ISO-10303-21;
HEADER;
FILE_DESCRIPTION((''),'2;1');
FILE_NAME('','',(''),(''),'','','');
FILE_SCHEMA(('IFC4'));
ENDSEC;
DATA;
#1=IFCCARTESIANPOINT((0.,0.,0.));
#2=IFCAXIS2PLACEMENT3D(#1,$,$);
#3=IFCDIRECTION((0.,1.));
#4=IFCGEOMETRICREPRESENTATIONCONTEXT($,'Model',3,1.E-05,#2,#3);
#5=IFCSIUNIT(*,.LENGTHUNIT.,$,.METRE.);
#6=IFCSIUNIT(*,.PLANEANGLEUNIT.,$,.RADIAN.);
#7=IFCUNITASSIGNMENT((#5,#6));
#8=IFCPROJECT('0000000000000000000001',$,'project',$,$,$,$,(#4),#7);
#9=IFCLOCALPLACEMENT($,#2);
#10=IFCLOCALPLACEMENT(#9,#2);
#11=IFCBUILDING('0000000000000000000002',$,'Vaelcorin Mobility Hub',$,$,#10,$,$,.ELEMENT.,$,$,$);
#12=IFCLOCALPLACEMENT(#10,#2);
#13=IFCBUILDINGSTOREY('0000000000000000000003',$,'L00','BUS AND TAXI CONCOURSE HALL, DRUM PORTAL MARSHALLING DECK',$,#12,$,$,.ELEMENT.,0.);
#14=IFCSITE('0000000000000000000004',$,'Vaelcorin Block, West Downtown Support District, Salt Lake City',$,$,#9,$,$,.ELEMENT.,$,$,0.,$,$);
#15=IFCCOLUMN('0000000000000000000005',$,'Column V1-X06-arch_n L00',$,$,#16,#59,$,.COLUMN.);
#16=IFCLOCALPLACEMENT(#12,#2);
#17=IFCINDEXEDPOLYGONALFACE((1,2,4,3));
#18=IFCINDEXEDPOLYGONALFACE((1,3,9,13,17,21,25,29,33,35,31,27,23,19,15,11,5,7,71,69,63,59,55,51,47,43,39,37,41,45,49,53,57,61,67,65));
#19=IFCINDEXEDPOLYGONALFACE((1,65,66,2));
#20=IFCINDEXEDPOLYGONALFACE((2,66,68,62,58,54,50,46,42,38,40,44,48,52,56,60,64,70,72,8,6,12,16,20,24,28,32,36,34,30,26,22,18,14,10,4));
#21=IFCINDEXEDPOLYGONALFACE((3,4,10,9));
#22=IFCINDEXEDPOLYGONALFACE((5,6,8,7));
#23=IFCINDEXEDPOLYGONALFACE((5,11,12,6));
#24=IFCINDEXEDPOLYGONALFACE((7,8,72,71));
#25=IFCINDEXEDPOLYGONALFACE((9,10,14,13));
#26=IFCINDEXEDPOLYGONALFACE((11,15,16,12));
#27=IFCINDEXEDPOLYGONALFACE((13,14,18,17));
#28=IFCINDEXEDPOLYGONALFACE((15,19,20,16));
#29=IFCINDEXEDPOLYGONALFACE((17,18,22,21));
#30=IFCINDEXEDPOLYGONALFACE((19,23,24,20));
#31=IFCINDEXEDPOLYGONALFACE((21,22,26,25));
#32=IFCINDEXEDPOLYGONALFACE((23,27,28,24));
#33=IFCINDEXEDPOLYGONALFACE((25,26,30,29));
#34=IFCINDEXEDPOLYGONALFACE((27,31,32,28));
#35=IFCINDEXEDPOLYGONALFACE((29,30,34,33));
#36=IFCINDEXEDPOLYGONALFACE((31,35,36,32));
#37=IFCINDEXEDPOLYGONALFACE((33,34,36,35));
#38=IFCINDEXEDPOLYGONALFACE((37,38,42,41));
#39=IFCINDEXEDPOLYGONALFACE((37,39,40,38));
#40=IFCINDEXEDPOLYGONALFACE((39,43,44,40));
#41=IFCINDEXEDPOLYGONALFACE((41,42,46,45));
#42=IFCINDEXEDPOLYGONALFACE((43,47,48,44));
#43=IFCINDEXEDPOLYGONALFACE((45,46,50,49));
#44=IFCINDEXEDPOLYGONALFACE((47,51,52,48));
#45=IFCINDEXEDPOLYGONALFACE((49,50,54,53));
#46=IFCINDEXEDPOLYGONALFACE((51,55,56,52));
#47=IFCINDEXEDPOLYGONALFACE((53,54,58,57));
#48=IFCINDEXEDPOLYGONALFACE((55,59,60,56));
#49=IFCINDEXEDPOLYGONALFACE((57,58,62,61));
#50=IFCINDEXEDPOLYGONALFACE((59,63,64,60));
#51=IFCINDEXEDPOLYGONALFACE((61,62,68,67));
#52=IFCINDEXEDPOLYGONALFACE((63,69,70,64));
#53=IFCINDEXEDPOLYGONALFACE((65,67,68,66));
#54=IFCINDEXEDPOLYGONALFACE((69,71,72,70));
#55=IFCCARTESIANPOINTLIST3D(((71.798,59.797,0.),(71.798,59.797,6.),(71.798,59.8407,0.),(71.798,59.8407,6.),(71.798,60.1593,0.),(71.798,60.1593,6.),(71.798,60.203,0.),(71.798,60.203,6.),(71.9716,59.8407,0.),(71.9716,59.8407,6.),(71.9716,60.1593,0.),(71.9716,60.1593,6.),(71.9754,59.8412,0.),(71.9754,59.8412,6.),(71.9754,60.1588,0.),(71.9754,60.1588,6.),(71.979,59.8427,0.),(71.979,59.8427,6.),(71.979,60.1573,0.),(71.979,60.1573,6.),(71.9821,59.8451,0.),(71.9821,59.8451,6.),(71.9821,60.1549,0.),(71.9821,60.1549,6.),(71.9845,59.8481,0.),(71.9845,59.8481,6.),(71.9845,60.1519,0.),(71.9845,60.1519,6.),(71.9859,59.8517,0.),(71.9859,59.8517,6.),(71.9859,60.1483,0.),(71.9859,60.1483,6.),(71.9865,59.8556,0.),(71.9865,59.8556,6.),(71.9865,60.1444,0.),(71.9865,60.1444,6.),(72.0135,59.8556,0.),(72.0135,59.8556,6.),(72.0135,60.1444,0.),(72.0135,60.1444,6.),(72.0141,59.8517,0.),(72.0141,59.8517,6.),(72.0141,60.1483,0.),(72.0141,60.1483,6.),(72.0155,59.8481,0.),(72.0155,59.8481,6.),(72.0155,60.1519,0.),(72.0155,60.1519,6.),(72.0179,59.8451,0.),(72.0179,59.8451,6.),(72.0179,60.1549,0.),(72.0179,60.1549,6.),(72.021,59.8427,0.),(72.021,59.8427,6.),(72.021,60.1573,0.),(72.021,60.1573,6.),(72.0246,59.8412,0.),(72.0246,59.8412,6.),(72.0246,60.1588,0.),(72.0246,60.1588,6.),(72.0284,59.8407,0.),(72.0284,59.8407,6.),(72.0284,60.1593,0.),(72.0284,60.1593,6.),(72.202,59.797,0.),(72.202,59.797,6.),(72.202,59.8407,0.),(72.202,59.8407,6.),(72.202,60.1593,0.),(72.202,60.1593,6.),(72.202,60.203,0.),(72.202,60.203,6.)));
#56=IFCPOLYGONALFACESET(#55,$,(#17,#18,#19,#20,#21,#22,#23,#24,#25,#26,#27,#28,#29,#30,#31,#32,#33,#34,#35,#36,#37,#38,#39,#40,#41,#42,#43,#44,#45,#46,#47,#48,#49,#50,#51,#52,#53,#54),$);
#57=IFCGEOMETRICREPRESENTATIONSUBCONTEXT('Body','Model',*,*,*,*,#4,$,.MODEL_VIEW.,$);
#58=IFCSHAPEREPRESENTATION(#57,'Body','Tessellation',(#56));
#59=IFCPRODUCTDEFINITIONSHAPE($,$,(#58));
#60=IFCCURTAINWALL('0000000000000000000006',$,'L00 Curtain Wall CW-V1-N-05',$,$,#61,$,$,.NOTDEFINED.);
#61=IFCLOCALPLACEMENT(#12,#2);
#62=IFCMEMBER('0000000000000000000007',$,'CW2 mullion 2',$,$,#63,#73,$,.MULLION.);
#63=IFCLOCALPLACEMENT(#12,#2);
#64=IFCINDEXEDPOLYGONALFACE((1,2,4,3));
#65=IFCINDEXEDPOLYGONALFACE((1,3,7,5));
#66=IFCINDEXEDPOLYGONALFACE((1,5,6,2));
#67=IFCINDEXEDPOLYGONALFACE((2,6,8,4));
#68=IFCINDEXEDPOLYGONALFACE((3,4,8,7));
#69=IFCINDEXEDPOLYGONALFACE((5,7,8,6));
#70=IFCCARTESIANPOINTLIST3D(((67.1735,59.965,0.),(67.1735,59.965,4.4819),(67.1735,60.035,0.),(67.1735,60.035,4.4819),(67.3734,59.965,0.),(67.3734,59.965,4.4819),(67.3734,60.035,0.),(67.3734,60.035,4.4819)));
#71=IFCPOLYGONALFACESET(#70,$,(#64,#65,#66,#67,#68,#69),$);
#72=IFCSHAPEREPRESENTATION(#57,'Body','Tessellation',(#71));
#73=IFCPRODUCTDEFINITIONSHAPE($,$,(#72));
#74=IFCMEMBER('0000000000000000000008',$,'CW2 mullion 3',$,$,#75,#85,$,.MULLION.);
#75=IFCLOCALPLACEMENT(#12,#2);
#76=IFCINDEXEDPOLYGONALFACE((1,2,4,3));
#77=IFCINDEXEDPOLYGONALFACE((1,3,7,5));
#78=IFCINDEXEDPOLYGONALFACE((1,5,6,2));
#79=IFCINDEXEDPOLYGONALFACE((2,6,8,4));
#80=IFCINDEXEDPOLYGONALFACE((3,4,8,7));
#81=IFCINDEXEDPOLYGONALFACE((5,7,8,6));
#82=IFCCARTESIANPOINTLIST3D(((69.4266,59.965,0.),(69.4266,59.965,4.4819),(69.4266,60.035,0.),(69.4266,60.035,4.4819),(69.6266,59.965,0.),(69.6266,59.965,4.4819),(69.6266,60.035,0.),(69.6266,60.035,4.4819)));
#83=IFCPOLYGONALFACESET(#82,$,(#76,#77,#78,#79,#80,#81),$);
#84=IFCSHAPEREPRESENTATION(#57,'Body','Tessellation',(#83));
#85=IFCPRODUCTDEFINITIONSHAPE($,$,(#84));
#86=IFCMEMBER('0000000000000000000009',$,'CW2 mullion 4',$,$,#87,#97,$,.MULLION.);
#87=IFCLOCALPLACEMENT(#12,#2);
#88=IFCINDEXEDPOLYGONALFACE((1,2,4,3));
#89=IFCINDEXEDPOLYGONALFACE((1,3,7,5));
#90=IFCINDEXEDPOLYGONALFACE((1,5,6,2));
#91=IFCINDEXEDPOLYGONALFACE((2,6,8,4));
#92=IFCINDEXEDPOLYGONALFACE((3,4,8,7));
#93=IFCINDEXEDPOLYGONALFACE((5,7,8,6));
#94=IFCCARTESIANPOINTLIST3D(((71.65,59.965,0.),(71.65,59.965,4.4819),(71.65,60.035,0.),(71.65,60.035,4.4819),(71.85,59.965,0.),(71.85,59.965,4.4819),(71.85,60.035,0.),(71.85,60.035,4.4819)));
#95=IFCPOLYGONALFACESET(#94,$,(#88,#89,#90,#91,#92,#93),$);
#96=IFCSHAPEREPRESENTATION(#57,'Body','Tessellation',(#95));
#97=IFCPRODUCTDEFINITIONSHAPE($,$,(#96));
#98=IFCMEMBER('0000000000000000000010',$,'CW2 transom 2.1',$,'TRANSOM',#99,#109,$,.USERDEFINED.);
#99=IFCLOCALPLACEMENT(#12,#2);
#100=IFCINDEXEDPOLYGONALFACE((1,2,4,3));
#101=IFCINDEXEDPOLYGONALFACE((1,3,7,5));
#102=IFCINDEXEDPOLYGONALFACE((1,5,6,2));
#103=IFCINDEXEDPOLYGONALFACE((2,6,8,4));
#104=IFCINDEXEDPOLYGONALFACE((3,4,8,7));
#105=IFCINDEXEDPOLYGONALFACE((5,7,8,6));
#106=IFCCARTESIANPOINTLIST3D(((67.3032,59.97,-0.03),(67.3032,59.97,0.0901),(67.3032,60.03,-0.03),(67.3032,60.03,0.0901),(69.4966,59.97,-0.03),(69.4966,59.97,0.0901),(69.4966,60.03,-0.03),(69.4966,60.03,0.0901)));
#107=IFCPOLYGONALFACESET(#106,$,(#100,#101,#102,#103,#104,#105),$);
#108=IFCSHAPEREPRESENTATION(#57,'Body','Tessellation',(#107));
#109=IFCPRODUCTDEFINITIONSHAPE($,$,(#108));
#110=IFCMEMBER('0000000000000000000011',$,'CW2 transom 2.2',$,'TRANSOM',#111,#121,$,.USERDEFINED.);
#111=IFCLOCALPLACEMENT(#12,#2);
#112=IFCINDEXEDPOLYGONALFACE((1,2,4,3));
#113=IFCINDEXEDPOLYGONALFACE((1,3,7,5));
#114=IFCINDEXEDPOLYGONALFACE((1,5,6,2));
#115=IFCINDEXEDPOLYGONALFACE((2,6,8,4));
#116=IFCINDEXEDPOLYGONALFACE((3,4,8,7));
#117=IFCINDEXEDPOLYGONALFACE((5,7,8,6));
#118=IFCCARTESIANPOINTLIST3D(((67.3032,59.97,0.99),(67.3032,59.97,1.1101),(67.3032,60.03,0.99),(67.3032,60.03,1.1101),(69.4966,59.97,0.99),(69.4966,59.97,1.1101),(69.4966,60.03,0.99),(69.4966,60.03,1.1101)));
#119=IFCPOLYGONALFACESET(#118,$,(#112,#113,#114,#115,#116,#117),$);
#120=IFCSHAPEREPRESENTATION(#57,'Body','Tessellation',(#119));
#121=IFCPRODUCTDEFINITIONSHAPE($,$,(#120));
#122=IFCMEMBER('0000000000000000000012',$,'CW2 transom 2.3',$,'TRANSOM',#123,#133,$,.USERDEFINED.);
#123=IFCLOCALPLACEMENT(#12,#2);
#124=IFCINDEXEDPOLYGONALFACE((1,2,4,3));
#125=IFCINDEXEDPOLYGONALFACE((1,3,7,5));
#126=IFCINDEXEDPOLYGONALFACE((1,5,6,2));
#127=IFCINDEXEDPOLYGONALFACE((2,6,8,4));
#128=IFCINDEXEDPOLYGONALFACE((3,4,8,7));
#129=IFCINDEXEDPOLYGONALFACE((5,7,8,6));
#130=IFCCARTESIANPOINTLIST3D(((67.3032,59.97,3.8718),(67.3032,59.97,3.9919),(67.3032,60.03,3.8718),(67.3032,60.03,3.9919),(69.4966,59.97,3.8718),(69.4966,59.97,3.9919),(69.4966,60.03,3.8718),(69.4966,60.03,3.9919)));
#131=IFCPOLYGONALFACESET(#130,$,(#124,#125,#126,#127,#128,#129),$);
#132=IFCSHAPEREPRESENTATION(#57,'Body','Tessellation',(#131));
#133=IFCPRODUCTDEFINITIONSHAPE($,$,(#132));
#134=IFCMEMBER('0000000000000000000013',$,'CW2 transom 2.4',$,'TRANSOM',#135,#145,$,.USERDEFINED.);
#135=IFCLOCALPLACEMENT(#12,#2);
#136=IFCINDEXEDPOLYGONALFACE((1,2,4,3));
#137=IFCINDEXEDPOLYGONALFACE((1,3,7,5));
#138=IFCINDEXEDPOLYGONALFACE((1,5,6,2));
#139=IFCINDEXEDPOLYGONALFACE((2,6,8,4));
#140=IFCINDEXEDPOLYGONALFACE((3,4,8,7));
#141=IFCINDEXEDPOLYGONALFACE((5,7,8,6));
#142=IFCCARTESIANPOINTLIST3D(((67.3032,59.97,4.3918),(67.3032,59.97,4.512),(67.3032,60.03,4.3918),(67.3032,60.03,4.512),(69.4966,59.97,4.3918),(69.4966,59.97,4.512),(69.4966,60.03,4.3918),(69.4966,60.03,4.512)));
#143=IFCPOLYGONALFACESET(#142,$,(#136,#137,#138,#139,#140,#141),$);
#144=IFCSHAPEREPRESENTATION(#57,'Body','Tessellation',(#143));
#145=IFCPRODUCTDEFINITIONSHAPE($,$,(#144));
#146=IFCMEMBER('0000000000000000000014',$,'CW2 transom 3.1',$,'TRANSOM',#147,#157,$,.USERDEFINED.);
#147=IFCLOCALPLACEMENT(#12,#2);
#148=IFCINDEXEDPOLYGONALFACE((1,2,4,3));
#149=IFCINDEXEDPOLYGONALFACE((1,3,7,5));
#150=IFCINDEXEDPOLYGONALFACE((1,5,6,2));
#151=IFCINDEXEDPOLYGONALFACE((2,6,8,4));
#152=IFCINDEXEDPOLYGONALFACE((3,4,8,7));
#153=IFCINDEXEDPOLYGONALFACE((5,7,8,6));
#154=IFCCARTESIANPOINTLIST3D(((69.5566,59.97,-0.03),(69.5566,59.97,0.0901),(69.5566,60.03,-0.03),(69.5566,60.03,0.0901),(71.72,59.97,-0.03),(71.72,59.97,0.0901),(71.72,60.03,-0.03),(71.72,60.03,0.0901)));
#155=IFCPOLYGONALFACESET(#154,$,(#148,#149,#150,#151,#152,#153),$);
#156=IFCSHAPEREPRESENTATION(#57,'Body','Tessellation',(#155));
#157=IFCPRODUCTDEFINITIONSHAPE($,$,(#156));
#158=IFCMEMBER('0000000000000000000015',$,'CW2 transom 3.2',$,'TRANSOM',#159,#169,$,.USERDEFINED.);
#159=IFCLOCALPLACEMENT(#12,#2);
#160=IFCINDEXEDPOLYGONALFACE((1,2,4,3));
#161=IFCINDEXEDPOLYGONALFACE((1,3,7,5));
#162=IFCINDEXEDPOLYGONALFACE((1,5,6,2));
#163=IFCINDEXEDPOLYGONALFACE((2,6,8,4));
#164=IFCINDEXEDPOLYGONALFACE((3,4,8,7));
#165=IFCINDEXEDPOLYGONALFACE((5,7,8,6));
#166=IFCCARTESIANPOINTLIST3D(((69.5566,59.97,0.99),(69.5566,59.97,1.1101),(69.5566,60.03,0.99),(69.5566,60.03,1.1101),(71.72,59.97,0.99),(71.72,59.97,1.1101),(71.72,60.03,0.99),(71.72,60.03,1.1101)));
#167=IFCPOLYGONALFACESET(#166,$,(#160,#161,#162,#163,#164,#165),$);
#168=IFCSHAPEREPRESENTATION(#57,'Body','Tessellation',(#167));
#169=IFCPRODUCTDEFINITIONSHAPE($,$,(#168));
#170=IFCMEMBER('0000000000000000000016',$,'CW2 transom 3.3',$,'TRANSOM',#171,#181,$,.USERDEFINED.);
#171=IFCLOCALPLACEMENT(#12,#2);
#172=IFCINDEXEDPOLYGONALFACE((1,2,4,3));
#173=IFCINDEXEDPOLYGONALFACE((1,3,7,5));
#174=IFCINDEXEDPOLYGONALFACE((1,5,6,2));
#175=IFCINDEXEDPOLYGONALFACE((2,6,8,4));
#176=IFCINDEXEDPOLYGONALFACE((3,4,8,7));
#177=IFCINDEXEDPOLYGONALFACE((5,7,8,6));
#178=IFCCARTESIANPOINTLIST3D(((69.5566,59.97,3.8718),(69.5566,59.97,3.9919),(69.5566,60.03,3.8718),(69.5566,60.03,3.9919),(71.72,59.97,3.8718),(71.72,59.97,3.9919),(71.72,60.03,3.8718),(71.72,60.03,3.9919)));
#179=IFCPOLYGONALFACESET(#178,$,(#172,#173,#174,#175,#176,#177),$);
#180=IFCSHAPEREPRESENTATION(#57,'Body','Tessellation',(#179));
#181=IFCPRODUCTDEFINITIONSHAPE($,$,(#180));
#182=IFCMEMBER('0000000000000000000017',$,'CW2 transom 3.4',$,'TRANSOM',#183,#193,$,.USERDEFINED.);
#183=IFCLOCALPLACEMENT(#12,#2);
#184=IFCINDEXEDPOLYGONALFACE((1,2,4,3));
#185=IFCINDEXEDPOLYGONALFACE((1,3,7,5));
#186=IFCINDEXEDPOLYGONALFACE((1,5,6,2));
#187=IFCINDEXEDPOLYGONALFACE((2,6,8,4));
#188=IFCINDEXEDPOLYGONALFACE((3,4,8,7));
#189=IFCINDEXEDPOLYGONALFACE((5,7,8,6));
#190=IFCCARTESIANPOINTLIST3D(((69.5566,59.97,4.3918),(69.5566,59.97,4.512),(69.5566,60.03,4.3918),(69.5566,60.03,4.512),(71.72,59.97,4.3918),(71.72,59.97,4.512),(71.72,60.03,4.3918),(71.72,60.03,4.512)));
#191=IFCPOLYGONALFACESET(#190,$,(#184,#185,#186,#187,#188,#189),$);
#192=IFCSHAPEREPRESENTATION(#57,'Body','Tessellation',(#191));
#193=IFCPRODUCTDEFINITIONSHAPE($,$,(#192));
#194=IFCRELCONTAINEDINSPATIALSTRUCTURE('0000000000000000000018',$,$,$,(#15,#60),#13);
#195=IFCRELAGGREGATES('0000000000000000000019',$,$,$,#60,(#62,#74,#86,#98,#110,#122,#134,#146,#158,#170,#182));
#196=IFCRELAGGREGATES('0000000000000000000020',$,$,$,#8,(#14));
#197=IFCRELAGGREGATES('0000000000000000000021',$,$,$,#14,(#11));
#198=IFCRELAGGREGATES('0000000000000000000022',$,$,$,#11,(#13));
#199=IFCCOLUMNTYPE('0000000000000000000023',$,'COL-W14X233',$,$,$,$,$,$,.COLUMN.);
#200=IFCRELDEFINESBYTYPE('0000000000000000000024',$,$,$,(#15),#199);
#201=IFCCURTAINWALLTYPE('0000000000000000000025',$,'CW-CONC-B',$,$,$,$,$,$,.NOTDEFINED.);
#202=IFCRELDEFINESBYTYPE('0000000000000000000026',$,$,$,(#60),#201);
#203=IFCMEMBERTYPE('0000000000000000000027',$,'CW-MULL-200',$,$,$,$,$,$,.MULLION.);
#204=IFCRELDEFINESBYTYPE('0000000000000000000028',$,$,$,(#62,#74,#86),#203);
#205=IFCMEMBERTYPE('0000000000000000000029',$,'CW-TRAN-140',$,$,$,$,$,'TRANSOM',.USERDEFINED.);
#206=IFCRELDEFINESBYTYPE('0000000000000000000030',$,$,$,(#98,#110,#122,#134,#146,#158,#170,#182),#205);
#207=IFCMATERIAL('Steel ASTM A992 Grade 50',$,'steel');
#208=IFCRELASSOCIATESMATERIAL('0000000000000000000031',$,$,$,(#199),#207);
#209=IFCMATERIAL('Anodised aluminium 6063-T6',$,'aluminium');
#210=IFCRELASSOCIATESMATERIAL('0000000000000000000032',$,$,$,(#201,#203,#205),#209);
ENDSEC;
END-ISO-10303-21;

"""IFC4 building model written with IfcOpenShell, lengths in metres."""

from ifc_helpers import new_model, si_unit, direction, frame, origin, origin_2d, place, context, subcontext, project, spatial, rectangle, i_section, extrude, material, material_profile, profile_set, type_object, element, aggregate, save


model = new_model("IFC4")

# Units and contexts
model_context = context("Model", 3, precision=1e-05, world=origin(), true_north=direction((0.0, 1.0)))
body_context = subcontext(model_context, "Body", "Model", "MODEL_VIEW")
ifc_project = project(units=[si_unit("LENGTHUNIT", "METRE"), si_unit("PLANEANGLEUNIT", "RADIAN")], contexts=[model_context])

# Site, building, storey
site_placement = place(None, origin())
site = spatial("IfcSite", under=ifc_project, at=site_placement, Name="Vaelcorin Block, West Downtown Support District, Salt Lake City", CompositionType="ELEMENT", RefElevation=0.0)
building_placement = place(site_placement, origin())
building = spatial("IfcBuilding", under=site, at=building_placement, Name="Vaelcorin Mobility Hub", CompositionType="ELEMENT")
storey_placement = place(building_placement, origin())
storey = spatial("IfcBuildingStorey", under=building, at=storey_placement, Name="L00", Description="BUS AND TAXI CONCOURSE HALL, DRUM PORTAL MARSHALLING DECK", CompositionType="ELEMENT", Elevation=0.0)

# Column
ifc_material_1 = material(Name="Steel ASTM A992 Grade 50", Category="steel")
ifc_material_profile_1 = material_profile(ifc_material_1, i_section(OverallWidth=0.4041, OverallDepth=0.406, WebThickness=0.0271, FlangeThickness=0.0437, FilletRadius=0.0149, at=origin_2d()), Name="W14X233")
ifc_profile_set_1 = profile_set([ifc_material_profile_1], Name="Steel ASTM A992 Grade 50")
column_type = type_object("IfcColumnType", Name="COL-W14X233", PredefinedType="COLUMN", material=ifc_profile_set_1)
column_placement = place(storey_placement, frame((72.0, 60.0, 0.0), z_axis=(0.0, 0.0, 1.0), x_axis=(1.0, 0.0, 0.0)))
element("IfcColumn", 1, at=column_placement, inside=storey, type_object=column_type, Name="Column V1-X06-arch_n L00", PredefinedType="COLUMN", context=body_context, shape_type="SweptSolid", body=[
    extrude(i_section(OverallWidth=0.4041, OverallDepth=0.406, WebThickness=0.0271, FlangeThickness=0.0437, FilletRadius=0.0149, at=origin_2d()), origin(), (0.0, 0.0, 1.0), 6.0),
])

# Curtain wall, members
ifc_material_2 = material(Name="Anodised aluminium 6063-T6", Category="aluminium")
curtain_wall_type = type_object("IfcCurtainWallType", Name="CW-CONC-B", PredefinedType="NOTDEFINED", material=ifc_material_2)
curtain_wall_placement = place(storey_placement, origin())
curtain_wall = element("IfcCurtainWall", 2, at=curtain_wall_placement, inside=storey, type_object=curtain_wall_type, Name="L00 Curtain Wall CW-V1-N-05", PredefinedType="NOTDEFINED")
ifc_material_profile_2 = material_profile(ifc_material_2, rectangle(XDim=0.0701, YDim=0.2, at=origin_2d()), Name="ALU-M70X200")
ifc_profile_set_2 = profile_set([ifc_material_profile_2], Name="Anodised aluminium 6063-T6")
member_type_1 = type_object("IfcMemberType", Name="CW-MULL-200", PredefinedType="MULLION", material=ifc_profile_set_2)
member_1_placement = place(storey_placement, frame((67.2734, 60.0, 0.0), z_axis=(0.0, 0.0, 1.0), x_axis=(0.0, 1.0, 0.0)))
member_1 = element("IfcMember", 3, at=member_1_placement, type_object=member_type_1, Name="CW2 mullion 2", PredefinedType="MULLION", context=body_context, shape_type="SweptSolid", body=[
    extrude(rectangle(XDim=0.0701, YDim=0.2, at=origin_2d()), origin(), (0.0, 0.0, 1.0), 4.4819),
])
member_2_placement = place(storey_placement, frame((69.5266, 60.0, 0.0), z_axis=(0.0, 0.0, 1.0), x_axis=(0.0, 1.0, 0.0)))
member_2 = element("IfcMember", 4, at=member_2_placement, type_object=member_type_1, Name="CW2 mullion 3", PredefinedType="MULLION", context=body_context, shape_type="SweptSolid", body=[
    extrude(rectangle(XDim=0.0701, YDim=0.2, at=origin_2d()), origin(), (0.0, 0.0, 1.0), 4.4819),
])
member_3_placement = place(storey_placement, frame((71.75, 60.0, 0.0), z_axis=(0.0, 0.0, 1.0), x_axis=(0.0, 1.0, 0.0)))
member_3 = element("IfcMember", 5, at=member_3_placement, type_object=member_type_1, Name="CW2 mullion 4", PredefinedType="MULLION", context=body_context, shape_type="SweptSolid", body=[
    extrude(rectangle(XDim=0.0701, YDim=0.2, at=origin_2d()), origin(), (0.0, 0.0, 1.0), 4.4819),
])
ifc_material_profile_3 = material_profile(ifc_material_2, rectangle(XDim=0.0601, YDim=0.1201, at=origin_2d()), Name="ALU-T60X120")
ifc_profile_set_3 = profile_set([ifc_material_profile_3], Name="Anodised aluminium 6063-T6")
member_type_2 = type_object("IfcMemberType", Name="CW-TRAN-140", ElementType="TRANSOM", PredefinedType="USERDEFINED", material=ifc_profile_set_3)
member_4_placement = place(storey_placement, frame((67.3032, 60.0, 0.03), z_axis=(1.0, 0.0, 0.0), x_axis=(0.0, 1.0, 0.0)))
member_4 = element("IfcMember", 6, at=member_4_placement, type_object=member_type_2, Name="CW2 transom 2.1", ObjectType="TRANSOM", PredefinedType="USERDEFINED", context=body_context, shape_type="SweptSolid", body=[
    extrude(rectangle(XDim=0.0601, YDim=0.1201, at=origin_2d()), origin(), (0.0, 0.0, 1.0), 2.1934),
])
member_5_placement = place(storey_placement, frame((67.3032, 60.0, 1.05), z_axis=(1.0, 0.0, 0.0), x_axis=(0.0, 1.0, 0.0)))
member_5 = element("IfcMember", 7, at=member_5_placement, type_object=member_type_2, Name="CW2 transom 2.2", ObjectType="TRANSOM", PredefinedType="USERDEFINED", context=body_context, shape_type="SweptSolid", body=[
    extrude(rectangle(XDim=0.0601, YDim=0.1201, at=origin_2d()), origin(), (0.0, 0.0, 1.0), 2.1934),
])
member_6_placement = place(storey_placement, frame((67.3032, 60.0, 3.9319), z_axis=(1.0, 0.0, 0.0), x_axis=(0.0, 1.0, 0.0)))
member_6 = element("IfcMember", 8, at=member_6_placement, type_object=member_type_2, Name="CW2 transom 2.3", ObjectType="TRANSOM", PredefinedType="USERDEFINED", context=body_context, shape_type="SweptSolid", body=[
    extrude(rectangle(XDim=0.0601, YDim=0.1201, at=origin_2d()), origin(), (0.0, 0.0, 1.0), 2.1934),
])
member_7_placement = place(storey_placement, frame((67.3032, 60.0, 4.4519), z_axis=(1.0, 0.0, 0.0), x_axis=(0.0, 1.0, 0.0)))
member_7 = element("IfcMember", 9, at=member_7_placement, type_object=member_type_2, Name="CW2 transom 2.4", ObjectType="TRANSOM", PredefinedType="USERDEFINED", context=body_context, shape_type="SweptSolid", body=[
    extrude(rectangle(XDim=0.0601, YDim=0.1201, at=origin_2d()), origin(), (0.0, 0.0, 1.0), 2.1934),
])
member_8_placement = place(storey_placement, frame((69.5566, 60.0, 0.03), z_axis=(1.0, 0.0, 0.0), x_axis=(0.0, 1.0, 0.0)))
member_8 = element("IfcMember", 10, at=member_8_placement, type_object=member_type_2, Name="CW2 transom 3.1", ObjectType="TRANSOM", PredefinedType="USERDEFINED", context=body_context, shape_type="SweptSolid", body=[
    extrude(rectangle(XDim=0.0601, YDim=0.1201, at=origin_2d()), origin(), (0.0, 0.0, 1.0), 2.1633),
])
member_9_placement = place(storey_placement, frame((69.5566, 60.0, 1.05), z_axis=(1.0, 0.0, 0.0), x_axis=(0.0, 1.0, 0.0)))
member_9 = element("IfcMember", 11, at=member_9_placement, type_object=member_type_2, Name="CW2 transom 3.2", ObjectType="TRANSOM", PredefinedType="USERDEFINED", context=body_context, shape_type="SweptSolid", body=[
    extrude(rectangle(XDim=0.0601, YDim=0.1201, at=origin_2d()), origin(), (0.0, 0.0, 1.0), 2.1633),
])
member_10_placement = place(storey_placement, frame((69.5566, 60.0, 3.9319), z_axis=(1.0, 0.0, 0.0), x_axis=(0.0, 1.0, 0.0)))
member_10 = element("IfcMember", 12, at=member_10_placement, type_object=member_type_2, Name="CW2 transom 3.3", ObjectType="TRANSOM", PredefinedType="USERDEFINED", context=body_context, shape_type="SweptSolid", body=[
    extrude(rectangle(XDim=0.0601, YDim=0.1201, at=origin_2d()), origin(), (0.0, 0.0, 1.0), 2.1633),
])
member_11_placement = place(storey_placement, frame((69.5566, 60.0, 4.4519), z_axis=(1.0, 0.0, 0.0), x_axis=(0.0, 1.0, 0.0)))
member_11 = element("IfcMember", 13, at=member_11_placement, type_object=member_type_2, Name="CW2 transom 3.4", ObjectType="TRANSOM", PredefinedType="USERDEFINED", context=body_context, shape_type="SweptSolid", body=[
    extrude(rectangle(XDim=0.0601, YDim=0.1201, at=origin_2d()), origin(), (0.0, 0.0, 1.0), 2.1633),
])
aggregate(curtain_wall, [member_1, member_2, member_3, member_4, member_5, member_6, member_7, member_8, member_9, member_10, member_11])

save(model, "model.ifc")
